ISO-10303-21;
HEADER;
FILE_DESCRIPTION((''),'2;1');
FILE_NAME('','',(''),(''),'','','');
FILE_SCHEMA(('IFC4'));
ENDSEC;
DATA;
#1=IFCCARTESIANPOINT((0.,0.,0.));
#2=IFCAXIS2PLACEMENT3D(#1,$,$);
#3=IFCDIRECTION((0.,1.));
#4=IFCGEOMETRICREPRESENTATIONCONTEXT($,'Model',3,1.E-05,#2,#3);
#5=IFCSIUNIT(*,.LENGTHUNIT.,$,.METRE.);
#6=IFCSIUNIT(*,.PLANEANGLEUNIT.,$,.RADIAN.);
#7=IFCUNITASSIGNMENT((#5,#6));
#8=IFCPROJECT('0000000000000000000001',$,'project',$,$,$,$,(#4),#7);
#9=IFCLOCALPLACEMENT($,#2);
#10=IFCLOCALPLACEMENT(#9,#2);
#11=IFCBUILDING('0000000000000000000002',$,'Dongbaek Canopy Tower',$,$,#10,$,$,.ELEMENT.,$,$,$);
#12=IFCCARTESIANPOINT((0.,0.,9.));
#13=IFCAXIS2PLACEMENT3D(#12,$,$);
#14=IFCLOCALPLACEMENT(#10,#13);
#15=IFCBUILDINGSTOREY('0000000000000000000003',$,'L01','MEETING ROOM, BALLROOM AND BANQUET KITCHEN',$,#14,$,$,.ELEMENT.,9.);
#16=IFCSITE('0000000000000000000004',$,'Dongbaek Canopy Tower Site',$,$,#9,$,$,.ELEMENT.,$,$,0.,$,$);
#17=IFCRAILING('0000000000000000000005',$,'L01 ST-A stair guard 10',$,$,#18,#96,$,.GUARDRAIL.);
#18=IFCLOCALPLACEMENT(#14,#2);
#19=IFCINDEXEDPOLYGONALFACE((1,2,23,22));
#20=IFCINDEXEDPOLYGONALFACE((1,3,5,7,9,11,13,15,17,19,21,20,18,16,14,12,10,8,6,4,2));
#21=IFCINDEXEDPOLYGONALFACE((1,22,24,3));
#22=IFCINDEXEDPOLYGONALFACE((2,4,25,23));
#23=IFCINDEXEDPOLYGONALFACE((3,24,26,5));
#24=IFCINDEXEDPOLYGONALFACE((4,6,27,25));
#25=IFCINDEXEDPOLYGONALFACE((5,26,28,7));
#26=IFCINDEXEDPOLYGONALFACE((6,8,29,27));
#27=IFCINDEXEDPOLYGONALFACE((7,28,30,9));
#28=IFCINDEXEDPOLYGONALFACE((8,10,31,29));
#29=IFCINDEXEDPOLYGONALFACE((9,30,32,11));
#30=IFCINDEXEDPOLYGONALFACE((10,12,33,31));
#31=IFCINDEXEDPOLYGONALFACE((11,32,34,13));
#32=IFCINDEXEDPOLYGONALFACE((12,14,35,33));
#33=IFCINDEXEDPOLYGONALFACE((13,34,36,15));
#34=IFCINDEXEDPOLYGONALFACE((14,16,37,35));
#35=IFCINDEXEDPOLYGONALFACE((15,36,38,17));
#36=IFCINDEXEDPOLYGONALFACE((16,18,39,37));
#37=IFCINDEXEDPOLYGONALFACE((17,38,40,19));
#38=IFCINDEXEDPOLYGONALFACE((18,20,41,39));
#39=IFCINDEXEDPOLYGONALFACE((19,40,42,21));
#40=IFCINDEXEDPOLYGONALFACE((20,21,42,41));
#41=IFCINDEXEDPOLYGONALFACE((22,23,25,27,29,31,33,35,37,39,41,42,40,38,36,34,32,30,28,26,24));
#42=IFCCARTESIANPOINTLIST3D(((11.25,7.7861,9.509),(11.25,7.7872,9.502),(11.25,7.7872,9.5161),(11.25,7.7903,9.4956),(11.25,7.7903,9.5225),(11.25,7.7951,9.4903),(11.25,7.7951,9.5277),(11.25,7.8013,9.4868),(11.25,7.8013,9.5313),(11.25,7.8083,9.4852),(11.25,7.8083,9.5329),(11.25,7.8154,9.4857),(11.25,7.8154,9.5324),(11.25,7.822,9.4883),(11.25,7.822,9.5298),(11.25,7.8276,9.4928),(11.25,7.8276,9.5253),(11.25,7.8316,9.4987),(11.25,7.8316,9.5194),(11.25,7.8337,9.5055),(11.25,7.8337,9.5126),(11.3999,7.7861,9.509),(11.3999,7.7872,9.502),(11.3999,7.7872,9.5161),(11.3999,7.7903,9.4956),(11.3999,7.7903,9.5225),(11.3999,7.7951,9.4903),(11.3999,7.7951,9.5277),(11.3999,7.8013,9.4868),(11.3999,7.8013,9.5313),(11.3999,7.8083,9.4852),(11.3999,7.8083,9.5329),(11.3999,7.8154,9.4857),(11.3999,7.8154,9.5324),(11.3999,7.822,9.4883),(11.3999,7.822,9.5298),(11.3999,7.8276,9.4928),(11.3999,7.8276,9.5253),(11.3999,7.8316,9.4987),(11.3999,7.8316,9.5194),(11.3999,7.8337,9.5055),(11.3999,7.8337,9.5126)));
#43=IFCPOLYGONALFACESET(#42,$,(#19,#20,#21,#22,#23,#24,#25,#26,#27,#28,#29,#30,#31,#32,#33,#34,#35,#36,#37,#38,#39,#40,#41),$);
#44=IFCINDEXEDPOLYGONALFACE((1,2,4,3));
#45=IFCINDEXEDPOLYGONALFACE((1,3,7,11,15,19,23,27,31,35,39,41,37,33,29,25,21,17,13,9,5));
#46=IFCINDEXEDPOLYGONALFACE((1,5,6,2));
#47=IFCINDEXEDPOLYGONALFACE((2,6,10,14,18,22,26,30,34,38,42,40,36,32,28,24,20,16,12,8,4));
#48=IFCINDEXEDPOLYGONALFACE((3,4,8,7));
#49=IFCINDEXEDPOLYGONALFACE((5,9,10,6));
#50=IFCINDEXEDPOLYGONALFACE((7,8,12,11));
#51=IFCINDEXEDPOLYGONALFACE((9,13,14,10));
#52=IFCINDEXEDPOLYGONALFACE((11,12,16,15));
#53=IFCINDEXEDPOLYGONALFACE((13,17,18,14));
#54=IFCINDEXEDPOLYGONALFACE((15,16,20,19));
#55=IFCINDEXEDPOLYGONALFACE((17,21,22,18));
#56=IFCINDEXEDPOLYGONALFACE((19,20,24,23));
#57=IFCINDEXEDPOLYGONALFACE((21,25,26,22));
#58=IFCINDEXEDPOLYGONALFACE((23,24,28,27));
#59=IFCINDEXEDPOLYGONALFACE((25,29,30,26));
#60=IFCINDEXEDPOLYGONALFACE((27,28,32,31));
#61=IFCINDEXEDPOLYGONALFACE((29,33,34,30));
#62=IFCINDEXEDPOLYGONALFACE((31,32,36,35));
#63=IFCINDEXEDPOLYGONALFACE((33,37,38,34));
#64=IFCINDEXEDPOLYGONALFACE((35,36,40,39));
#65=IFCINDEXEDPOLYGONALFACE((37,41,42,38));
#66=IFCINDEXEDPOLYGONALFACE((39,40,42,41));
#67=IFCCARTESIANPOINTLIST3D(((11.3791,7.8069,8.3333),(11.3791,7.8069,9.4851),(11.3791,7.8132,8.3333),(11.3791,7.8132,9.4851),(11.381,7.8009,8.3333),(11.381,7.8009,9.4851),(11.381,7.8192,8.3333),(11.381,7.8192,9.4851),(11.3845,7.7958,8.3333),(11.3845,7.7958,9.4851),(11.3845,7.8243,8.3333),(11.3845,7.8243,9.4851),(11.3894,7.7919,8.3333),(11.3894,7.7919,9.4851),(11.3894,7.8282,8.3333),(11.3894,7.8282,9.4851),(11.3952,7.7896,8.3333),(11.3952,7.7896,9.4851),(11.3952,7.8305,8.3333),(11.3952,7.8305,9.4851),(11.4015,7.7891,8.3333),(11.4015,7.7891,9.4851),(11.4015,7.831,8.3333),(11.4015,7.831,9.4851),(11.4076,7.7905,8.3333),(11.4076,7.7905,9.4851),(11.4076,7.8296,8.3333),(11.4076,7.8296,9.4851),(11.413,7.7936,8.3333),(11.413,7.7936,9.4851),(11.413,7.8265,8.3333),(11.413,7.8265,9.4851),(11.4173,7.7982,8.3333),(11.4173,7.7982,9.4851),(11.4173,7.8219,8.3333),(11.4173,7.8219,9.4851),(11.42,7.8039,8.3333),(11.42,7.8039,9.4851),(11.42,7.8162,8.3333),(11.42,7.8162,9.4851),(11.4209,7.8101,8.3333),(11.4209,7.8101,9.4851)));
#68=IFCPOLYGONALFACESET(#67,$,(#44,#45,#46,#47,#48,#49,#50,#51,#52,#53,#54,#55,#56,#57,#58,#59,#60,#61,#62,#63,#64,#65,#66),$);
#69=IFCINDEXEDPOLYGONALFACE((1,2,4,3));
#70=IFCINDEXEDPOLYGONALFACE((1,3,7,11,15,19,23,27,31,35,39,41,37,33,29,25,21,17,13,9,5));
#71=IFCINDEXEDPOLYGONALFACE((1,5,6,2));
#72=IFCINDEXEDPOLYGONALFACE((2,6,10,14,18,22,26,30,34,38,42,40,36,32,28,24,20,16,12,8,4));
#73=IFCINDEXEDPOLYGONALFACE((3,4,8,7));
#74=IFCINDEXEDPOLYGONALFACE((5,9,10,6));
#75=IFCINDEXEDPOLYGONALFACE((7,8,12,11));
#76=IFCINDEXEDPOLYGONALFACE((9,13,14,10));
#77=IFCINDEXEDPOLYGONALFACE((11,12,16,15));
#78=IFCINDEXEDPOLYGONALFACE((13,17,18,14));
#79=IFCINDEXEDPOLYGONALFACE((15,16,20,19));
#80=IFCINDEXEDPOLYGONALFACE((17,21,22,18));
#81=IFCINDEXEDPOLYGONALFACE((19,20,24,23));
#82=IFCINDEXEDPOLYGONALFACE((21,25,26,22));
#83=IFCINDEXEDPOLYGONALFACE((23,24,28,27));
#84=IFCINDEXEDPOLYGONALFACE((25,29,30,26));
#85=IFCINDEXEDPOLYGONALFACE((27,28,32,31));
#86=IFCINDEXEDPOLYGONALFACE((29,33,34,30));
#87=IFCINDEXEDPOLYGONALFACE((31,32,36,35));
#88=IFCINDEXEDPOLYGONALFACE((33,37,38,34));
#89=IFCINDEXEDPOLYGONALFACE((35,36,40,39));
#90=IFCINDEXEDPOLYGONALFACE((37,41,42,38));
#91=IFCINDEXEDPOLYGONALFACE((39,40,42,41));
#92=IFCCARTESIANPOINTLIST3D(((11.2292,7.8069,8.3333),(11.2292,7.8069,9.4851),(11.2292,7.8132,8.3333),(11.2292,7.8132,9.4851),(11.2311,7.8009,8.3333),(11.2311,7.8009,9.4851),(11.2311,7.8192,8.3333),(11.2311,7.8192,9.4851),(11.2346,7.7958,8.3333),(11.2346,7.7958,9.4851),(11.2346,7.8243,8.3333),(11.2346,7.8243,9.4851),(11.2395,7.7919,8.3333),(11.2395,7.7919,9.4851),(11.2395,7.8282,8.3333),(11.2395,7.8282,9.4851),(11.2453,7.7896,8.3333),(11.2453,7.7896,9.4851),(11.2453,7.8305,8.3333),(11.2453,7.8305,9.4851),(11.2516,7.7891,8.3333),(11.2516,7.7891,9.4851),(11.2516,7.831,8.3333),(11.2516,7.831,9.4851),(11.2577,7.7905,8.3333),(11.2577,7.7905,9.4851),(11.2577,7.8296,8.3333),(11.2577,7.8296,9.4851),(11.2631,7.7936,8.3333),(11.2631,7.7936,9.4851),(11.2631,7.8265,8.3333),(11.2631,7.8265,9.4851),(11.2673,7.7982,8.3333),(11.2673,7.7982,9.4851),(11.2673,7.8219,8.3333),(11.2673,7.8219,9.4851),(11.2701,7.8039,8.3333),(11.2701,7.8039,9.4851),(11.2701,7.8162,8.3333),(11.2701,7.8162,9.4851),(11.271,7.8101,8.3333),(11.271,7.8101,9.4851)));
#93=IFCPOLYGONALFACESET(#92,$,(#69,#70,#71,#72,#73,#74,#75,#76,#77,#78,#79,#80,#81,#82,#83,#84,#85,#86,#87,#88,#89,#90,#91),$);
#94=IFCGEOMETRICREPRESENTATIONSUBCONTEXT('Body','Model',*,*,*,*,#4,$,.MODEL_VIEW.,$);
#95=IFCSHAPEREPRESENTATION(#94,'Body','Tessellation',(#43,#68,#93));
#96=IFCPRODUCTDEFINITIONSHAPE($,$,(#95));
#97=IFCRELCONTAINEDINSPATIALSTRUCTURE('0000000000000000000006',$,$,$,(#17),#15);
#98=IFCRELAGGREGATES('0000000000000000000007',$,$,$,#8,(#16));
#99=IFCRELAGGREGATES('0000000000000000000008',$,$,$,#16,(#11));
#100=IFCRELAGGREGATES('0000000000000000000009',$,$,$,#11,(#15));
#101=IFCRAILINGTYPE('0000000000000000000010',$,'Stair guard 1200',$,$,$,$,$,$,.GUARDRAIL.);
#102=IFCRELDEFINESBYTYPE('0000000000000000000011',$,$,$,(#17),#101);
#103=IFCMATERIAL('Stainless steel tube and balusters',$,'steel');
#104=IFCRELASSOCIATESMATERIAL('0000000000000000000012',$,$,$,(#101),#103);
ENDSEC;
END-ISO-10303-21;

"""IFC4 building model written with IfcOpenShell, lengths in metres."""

from ifc_helpers import new_model, si_unit, direction, frame, origin, origin_2d, place, context, subcontext, project, spatial, circle, extrude, material, type_object, element, save


model = new_model("IFC4")

# Units and contexts
model_context = context("Model", 3, precision=1e-05, world=origin(), true_north=direction((0.0, 1.0)))
body_context = subcontext(model_context, "Body", "Model", "MODEL_VIEW")
ifc_project = project(units=[si_unit("LENGTHUNIT", "METRE"), si_unit("PLANEANGLEUNIT", "RADIAN")], contexts=[model_context])

# Site, building, storey
site_placement = place(None, origin())
site = spatial("IfcSite", under=ifc_project, at=site_placement, Name="Dongbaek Canopy Tower Site", CompositionType="ELEMENT", RefElevation=0.0)
building_placement = place(site_placement, origin())
building = spatial("IfcBuilding", under=site, at=building_placement, Name="Dongbaek Canopy Tower", CompositionType="ELEMENT")
storey_placement = place(building_placement, frame((0.0, 0.0, 9.0)))
storey = spatial("IfcBuildingStorey", under=building, at=storey_placement, Name="L01", Description="MEETING ROOM, BALLROOM AND BANQUET KITCHEN", CompositionType="ELEMENT", Elevation=9.0)

# Railing
ifc_material_1 = material(Name="Stainless steel tube and balusters", Category="steel")
railing_type = type_object("IfcRailingType", Name="Stair guard 1200", PredefinedType="GUARDRAIL", material=ifc_material_1)
railing_1_placement = place(storey_placement, frame((11.3999, 7.8101, 8.3333)))
element("IfcRailing", 1, at=railing_1_placement, inside=storey, type_object=railing_type, Name="L01 ST-A stair guard 10", PredefinedType="GUARDRAIL", context=body_context, shape_type="SweptSolid", body=[
    extrude(circle(Radius=0.0239, at=origin_2d()), frame((0.0, 0.0, 1.1758), z_axis=(-1.0, 0.0, 0.0), x_axis=(0.0, -1.0, 0.0)), (0.0, 0.0, 1.0), 0.1499),
    extrude(circle(Radius=0.021, at=origin_2d()), origin(), (0.0, 0.0, 1.0), 1.1519),
    extrude(circle(Radius=0.021, at=origin_2d()), frame((-0.1499, 0.0, 0.0)), (0.0, 0.0, 1.0), 1.1519),
])

save(model, "model.ifc")
